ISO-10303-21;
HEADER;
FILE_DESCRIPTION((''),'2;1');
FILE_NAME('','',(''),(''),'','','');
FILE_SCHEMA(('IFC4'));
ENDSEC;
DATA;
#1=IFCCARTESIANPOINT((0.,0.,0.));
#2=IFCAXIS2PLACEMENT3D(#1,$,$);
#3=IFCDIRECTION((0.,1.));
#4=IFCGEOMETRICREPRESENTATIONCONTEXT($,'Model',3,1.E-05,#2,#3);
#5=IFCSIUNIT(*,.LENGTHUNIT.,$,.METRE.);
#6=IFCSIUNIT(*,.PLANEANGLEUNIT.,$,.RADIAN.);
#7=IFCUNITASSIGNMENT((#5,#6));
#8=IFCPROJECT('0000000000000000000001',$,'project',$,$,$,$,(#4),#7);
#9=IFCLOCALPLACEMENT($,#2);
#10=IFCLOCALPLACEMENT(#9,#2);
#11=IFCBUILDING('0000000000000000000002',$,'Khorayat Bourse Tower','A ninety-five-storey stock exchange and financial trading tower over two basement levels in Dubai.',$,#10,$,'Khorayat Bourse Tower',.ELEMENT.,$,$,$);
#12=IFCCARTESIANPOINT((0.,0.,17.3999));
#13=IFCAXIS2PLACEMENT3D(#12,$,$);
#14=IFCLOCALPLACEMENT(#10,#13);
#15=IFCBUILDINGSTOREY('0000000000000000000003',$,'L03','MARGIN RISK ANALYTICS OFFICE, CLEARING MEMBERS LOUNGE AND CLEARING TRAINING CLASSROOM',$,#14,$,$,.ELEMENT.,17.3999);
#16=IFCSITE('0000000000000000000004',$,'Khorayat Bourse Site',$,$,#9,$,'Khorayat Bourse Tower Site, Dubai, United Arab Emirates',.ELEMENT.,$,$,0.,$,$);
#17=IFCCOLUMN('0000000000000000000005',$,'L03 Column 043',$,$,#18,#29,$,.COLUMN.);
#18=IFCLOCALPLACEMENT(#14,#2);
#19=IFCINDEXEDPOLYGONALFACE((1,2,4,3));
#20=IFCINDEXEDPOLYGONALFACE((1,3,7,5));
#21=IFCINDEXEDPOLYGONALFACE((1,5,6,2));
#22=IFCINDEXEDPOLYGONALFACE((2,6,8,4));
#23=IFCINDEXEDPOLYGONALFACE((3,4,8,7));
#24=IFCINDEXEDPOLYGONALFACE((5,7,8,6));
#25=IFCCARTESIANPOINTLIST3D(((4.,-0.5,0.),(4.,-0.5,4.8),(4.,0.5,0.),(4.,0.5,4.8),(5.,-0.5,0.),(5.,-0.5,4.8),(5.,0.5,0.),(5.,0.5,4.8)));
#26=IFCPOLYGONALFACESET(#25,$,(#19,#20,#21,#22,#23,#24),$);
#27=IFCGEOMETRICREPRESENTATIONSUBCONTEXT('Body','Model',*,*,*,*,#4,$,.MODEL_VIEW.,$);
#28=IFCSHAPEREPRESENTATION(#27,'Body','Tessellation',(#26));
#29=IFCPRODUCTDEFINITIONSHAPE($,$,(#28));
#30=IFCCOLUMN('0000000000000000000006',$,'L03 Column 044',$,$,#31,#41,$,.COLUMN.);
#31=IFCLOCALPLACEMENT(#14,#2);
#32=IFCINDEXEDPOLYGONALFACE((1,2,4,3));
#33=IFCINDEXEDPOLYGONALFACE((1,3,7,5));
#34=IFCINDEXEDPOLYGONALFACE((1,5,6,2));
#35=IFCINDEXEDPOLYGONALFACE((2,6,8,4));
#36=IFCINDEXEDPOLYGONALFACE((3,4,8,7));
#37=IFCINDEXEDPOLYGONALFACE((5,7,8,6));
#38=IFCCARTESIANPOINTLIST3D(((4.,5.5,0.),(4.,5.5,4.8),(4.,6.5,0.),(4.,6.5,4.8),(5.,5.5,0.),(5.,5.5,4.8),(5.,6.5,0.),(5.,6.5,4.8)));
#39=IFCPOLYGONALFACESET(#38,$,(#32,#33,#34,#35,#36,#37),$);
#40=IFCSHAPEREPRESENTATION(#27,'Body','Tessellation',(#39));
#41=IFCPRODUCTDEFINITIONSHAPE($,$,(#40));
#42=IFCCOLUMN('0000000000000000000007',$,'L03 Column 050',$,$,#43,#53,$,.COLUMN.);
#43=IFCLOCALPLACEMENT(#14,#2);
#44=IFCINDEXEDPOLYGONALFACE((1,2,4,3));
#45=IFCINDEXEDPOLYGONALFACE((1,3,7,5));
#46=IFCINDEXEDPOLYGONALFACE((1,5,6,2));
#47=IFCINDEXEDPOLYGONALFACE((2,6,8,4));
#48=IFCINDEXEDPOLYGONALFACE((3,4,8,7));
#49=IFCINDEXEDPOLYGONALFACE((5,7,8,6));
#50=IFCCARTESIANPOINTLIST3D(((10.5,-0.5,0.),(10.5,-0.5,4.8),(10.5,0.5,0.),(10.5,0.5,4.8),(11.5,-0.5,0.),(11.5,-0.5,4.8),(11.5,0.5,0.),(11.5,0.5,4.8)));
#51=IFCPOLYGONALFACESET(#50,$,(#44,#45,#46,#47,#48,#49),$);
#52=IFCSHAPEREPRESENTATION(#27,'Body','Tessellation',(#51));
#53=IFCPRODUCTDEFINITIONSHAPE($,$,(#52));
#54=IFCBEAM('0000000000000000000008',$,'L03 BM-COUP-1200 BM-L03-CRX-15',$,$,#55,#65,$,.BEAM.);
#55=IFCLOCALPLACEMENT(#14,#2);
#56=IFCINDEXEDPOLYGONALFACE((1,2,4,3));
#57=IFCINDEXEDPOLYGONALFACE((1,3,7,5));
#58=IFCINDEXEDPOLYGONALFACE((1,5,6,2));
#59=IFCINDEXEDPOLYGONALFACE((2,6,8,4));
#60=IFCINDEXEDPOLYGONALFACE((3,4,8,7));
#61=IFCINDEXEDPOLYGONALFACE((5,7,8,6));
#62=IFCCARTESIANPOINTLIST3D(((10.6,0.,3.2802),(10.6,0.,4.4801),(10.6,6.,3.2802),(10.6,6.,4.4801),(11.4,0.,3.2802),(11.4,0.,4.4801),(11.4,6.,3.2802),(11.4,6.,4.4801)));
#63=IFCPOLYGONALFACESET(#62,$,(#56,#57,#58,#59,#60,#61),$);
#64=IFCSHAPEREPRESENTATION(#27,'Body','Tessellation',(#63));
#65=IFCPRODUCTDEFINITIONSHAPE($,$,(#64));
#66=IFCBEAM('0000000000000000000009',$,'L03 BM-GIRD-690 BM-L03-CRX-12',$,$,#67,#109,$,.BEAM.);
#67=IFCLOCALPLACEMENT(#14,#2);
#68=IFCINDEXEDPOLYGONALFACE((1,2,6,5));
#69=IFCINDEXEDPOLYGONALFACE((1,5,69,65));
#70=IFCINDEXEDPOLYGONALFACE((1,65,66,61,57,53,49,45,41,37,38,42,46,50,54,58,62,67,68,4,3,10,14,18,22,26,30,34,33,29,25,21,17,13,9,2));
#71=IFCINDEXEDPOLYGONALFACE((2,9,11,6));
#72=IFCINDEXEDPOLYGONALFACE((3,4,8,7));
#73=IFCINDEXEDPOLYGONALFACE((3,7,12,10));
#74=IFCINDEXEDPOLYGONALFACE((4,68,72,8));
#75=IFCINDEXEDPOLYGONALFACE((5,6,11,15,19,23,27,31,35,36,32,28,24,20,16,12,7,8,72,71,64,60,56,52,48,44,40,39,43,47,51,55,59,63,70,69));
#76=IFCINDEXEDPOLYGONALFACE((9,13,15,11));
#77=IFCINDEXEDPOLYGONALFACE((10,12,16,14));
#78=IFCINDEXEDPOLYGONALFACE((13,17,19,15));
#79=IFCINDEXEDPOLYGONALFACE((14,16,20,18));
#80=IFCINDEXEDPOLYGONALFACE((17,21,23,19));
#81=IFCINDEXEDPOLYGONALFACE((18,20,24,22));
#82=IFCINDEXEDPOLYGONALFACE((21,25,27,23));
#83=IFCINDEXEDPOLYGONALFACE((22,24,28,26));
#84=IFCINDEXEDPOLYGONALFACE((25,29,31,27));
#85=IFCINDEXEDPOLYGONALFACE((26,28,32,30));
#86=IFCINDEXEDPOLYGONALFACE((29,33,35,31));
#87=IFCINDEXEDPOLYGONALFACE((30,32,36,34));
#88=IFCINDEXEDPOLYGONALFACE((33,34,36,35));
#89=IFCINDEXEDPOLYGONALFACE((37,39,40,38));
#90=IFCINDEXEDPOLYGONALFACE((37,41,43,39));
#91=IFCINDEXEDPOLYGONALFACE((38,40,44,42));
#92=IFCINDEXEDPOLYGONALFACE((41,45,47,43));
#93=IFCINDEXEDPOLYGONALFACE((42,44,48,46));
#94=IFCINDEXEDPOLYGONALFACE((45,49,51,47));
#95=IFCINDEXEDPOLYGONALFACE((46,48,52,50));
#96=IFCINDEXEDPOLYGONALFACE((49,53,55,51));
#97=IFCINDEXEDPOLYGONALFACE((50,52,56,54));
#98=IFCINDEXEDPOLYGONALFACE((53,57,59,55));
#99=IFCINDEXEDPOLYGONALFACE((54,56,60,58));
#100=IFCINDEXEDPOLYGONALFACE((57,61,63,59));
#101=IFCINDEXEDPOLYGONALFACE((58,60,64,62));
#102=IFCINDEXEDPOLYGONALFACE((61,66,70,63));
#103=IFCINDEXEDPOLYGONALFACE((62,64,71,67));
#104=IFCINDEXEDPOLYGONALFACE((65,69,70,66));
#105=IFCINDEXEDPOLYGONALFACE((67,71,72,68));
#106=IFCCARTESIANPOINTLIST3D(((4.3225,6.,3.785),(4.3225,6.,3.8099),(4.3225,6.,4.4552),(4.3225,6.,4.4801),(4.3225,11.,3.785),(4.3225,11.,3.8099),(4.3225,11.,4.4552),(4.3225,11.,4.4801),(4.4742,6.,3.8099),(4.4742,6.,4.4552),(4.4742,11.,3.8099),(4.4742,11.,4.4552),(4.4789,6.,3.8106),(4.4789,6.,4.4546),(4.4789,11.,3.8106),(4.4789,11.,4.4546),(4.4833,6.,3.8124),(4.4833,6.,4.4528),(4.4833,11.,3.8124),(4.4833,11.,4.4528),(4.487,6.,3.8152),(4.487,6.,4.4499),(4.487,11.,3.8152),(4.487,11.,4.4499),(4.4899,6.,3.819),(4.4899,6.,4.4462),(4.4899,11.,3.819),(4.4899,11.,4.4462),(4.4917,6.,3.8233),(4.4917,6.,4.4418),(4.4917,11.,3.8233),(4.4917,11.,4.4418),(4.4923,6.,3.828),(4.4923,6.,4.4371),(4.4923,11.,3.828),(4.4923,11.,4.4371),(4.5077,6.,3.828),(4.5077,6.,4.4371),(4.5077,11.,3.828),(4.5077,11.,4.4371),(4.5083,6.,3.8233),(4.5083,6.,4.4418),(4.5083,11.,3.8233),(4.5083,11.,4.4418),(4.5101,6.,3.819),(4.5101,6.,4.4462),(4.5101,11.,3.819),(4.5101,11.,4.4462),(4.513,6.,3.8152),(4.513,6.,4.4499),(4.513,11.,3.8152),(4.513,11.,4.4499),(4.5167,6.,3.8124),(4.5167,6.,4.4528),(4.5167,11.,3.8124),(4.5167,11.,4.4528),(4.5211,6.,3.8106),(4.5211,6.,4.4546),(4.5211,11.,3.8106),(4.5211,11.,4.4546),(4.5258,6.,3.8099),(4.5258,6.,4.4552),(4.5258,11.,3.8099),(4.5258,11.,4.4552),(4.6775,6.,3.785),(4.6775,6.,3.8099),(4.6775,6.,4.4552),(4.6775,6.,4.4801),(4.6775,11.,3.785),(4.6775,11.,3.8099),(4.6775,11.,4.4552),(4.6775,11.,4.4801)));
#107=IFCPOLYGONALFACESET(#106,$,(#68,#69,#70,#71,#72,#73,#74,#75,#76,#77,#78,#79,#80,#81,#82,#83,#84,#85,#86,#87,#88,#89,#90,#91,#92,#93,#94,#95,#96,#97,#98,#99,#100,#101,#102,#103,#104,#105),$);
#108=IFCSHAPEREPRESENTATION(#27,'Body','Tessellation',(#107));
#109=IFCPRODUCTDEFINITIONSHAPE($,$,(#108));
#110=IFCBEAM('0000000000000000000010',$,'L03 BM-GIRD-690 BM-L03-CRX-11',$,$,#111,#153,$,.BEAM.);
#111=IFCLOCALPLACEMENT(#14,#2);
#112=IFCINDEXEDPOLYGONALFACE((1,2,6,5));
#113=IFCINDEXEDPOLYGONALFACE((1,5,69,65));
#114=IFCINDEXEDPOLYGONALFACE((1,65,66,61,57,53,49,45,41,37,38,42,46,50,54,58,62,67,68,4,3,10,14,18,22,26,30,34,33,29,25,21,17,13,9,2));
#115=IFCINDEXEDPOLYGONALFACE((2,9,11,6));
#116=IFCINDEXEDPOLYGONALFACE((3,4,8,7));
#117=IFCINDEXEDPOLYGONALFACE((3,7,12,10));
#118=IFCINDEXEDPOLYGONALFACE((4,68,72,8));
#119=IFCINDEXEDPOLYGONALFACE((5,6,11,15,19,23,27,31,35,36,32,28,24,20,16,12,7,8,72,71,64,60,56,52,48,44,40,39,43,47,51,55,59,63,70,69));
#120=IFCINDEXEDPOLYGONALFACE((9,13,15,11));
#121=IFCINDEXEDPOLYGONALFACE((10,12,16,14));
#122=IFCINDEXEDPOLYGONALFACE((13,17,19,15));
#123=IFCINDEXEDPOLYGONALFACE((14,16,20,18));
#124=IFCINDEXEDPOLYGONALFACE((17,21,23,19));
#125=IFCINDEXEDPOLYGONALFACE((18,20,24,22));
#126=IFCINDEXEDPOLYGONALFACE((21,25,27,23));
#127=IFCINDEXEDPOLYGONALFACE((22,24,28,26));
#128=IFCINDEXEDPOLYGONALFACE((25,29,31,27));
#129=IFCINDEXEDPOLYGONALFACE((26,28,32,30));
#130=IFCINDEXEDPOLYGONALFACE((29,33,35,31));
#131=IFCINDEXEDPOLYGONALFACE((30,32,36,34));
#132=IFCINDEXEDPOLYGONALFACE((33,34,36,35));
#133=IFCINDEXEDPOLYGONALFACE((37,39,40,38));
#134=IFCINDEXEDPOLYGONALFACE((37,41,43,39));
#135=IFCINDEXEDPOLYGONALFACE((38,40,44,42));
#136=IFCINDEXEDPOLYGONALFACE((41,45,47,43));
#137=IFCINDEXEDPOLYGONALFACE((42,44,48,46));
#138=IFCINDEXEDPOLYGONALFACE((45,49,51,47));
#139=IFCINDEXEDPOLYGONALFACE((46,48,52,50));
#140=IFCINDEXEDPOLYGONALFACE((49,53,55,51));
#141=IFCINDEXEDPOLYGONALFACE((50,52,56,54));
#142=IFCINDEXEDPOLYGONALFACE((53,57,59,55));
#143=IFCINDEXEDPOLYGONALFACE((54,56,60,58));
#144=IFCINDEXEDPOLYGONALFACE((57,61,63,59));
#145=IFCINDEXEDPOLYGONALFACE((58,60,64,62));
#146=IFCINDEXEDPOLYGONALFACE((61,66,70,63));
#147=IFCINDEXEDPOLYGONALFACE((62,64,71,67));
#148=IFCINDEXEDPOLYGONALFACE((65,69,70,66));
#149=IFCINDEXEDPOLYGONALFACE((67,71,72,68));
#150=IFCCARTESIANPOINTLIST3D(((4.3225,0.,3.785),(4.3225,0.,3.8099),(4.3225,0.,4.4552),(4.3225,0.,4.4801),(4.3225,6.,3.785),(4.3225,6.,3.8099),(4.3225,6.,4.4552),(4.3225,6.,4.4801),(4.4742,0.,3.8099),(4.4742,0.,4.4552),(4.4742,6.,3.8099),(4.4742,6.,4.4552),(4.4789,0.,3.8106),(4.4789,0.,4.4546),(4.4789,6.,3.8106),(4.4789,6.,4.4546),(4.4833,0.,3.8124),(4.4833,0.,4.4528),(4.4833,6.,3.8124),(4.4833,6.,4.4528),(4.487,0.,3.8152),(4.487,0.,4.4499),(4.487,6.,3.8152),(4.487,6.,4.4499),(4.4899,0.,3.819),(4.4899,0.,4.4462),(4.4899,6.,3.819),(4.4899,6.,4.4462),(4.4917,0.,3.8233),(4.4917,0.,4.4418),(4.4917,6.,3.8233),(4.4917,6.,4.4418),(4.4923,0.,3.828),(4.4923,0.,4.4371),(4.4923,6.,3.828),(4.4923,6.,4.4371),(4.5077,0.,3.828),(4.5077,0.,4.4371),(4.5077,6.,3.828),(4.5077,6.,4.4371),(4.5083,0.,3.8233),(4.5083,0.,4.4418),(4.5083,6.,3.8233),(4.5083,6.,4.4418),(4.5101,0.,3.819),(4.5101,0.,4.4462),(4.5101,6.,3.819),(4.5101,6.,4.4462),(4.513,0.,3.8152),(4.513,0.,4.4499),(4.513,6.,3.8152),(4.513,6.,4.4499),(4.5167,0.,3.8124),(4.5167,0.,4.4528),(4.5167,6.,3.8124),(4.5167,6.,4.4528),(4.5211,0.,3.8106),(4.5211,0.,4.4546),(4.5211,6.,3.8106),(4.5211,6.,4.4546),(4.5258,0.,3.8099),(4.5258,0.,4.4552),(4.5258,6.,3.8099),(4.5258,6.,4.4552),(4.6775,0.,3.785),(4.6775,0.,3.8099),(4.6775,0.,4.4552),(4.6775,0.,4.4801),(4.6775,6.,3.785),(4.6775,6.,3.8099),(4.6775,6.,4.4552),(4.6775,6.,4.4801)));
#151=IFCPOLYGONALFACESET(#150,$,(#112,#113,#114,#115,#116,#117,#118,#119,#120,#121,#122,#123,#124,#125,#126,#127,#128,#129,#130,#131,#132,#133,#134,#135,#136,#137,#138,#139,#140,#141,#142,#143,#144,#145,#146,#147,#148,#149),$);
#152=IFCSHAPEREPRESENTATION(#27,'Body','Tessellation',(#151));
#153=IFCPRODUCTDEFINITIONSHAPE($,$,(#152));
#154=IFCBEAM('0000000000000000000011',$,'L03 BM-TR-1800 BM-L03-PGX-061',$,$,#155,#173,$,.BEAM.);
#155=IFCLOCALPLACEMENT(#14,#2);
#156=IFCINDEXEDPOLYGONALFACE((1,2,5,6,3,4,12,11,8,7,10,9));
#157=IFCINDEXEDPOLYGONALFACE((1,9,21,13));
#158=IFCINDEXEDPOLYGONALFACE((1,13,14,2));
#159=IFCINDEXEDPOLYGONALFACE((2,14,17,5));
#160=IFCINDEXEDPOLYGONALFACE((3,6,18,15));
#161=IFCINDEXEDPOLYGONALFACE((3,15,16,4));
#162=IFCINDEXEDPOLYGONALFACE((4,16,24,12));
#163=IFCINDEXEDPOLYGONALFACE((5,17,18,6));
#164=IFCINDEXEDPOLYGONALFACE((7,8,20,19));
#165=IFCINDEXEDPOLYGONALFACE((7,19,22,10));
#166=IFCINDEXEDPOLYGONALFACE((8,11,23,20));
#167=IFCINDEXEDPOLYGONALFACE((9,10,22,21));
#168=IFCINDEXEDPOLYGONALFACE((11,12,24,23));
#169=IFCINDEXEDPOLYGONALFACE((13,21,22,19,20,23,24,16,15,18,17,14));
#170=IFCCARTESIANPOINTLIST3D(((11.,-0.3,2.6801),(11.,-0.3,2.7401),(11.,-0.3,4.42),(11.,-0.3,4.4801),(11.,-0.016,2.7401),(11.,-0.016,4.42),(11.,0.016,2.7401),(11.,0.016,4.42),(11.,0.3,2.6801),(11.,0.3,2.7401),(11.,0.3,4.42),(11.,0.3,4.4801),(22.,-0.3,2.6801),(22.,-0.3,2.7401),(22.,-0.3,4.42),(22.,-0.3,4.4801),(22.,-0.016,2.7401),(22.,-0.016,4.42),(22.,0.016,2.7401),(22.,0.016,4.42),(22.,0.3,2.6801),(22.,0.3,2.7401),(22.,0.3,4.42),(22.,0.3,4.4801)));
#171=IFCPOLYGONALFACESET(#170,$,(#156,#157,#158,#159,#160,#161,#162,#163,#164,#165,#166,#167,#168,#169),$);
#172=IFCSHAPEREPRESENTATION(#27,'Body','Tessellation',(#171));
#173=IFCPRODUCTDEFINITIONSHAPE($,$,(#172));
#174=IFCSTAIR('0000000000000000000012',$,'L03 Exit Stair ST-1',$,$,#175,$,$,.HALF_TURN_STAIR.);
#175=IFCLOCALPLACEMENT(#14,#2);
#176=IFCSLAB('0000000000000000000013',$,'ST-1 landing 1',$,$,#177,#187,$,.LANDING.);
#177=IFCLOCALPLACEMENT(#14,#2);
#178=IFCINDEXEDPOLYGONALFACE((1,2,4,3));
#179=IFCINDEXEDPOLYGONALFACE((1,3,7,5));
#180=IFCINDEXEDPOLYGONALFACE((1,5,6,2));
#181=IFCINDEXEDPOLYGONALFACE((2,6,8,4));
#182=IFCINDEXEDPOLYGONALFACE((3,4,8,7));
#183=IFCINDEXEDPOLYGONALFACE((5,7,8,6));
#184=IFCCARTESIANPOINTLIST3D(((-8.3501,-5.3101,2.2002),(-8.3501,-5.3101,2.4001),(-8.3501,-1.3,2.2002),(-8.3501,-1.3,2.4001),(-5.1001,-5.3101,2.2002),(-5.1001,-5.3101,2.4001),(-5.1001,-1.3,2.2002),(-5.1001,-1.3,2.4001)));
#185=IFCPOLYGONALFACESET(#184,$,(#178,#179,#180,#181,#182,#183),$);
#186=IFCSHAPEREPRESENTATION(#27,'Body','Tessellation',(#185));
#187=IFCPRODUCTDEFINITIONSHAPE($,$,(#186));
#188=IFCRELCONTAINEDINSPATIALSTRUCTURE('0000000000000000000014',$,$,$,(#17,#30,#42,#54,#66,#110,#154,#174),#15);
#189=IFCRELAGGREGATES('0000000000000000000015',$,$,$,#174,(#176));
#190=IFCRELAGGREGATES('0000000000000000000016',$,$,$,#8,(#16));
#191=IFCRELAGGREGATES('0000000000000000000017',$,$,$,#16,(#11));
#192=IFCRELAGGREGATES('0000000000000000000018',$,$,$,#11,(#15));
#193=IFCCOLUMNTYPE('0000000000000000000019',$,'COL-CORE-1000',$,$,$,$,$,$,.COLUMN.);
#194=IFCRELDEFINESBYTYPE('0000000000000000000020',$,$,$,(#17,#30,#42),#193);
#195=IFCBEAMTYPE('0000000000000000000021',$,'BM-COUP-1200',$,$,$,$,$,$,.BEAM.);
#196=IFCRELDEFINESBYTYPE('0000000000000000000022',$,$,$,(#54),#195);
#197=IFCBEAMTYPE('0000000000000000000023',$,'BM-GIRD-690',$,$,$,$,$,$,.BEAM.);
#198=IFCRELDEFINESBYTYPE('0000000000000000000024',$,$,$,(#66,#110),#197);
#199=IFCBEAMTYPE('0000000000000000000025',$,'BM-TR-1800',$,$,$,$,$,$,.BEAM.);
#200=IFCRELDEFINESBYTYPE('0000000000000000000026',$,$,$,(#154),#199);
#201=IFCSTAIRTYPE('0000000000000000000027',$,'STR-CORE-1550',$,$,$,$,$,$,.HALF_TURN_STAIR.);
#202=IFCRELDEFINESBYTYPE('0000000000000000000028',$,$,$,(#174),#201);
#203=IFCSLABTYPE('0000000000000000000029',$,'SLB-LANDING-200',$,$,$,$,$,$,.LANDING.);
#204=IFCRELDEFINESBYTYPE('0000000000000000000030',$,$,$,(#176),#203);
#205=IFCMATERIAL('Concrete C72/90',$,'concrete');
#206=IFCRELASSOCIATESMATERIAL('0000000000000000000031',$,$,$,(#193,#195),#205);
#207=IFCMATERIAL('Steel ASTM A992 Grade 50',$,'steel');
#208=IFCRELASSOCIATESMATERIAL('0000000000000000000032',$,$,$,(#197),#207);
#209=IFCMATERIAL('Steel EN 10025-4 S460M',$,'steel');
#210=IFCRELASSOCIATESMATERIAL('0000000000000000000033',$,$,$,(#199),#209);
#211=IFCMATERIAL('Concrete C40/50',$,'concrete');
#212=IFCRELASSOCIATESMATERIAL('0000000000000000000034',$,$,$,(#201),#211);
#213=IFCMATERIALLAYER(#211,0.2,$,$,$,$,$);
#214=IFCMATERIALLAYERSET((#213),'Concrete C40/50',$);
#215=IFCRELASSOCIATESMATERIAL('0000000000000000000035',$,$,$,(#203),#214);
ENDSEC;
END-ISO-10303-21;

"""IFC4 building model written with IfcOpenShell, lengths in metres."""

from ifc_helpers import new_model, si_unit, direction, frame, origin, origin_2d, place, context, subcontext, project, spatial, polyline, rectangle, i_section, outline, extrude, source, transform, mapped, material, layer, layer_set, material_profile, profile_set, type_object, element, aggregate, save


model = new_model("IFC4")

# Units and contexts
model_context = context("Model", 3, precision=1e-05, world=origin(), true_north=direction((0.0, 1.0)))
body_context = subcontext(model_context, "Body", "Model", "MODEL_VIEW")
ifc_project = project(units=[si_unit("LENGTHUNIT", "METRE"), si_unit("PLANEANGLEUNIT", "RADIAN")], contexts=[model_context])

# Site, building, storey
site_placement = place(None, origin())
site = spatial("IfcSite", under=ifc_project, at=site_placement, Name="Khorayat Bourse Site", LongName="Khorayat Bourse Tower Site, Dubai, United Arab Emirates", CompositionType="ELEMENT", RefElevation=0.0)
building_placement = place(site_placement, origin())
building = spatial("IfcBuilding", under=site, at=building_placement, Name="Khorayat Bourse Tower", Description="A ninety-five-storey stock exchange and financial trading tower over two basement levels in Dubai.", LongName="Khorayat Bourse Tower", CompositionType="ELEMENT")
storey_placement = place(building_placement, frame((0.0, 0.0, 17.3999)))
storey = spatial("IfcBuildingStorey", under=building, at=storey_placement, Name="L03", Description="MARGIN RISK ANALYTICS OFFICE, CLEARING MEMBERS LOUNGE AND CLEARING TRAINING CLASSROOM", CompositionType="ELEMENT", Elevation=17.3999)

# Columns
ifc_material_1 = material(Name="Concrete C72/90", Category="concrete")
ifc_material_profile_1 = material_profile(ifc_material_1, rectangle(XDim=1.0, YDim=1.0, at=origin_2d()), Name="RC 1000x1000")
ifc_profile_set_1 = profile_set([ifc_material_profile_1], Name="Concrete C72/90")
column_type = type_object("IfcColumnType", Name="COL-CORE-1000", PredefinedType="COLUMN", material=ifc_profile_set_1)
shared_shape_1 = source(origin(), body_context, "Body", "SweptSolid", [
    extrude(rectangle(XDim=1.0, YDim=1.0, at=origin_2d()), origin(), (0.0, 0.0, 1.0), 4.8),
])
for number, where, z_axis, x_axis, name in (
    (1, (4.5, 0.0, 0.0), (0.0, 0.0, 1.0), (1.0, 0.0, 0.0), "L03 Column 043"),
    (2, (4.5, 6.0, 0.0), (0.0, 0.0, 1.0), (1.0, 0.0, 0.0), "L03 Column 044"),
    (3, (11.0, 0.0, 0.0), (0.0, 0.0, 1.0), (1.0, 0.0, 0.0), "L03 Column 050"),
):
    element("IfcColumn", number, at=place(storey_placement, frame(where, z_axis=z_axis, x_axis=x_axis)), inside=storey, type_object=column_type, Name=name, PredefinedType="COLUMN", context=body_context, shape_type="MappedRepresentation", body=[
        mapped(shared_shape_1, transform((0.0, 0.0, 0.0), scale=1.0)),
    ])

# Beams
ifc_material_profile_2 = material_profile(ifc_material_1, rectangle(XDim=0.8, YDim=1.2, at=origin_2d()), Name="RC 800x1200")
ifc_profile_set_2 = profile_set([ifc_material_profile_2], Name="Concrete C72/90")
beam_type_1 = type_object("IfcBeamType", Name="BM-COUP-1200", PredefinedType="BEAM", material=ifc_profile_set_2)
shared_shape_2 = source(origin(), body_context, "Body", "SweptSolid", [
    extrude(rectangle(XDim=0.8, YDim=1.2, at=origin_2d()), origin(), (0.0, 0.0, 1.0), 6.0),
])
beam_1_placement = place(storey_placement, frame((11.0, 0.0, 3.8801), z_axis=(0.0, 1.0, 0.0), x_axis=(-1.0, 0.0, 0.0)))
element("IfcBeam", 4, at=beam_1_placement, inside=storey, type_object=beam_type_1, Name="L03 BM-COUP-1200 BM-L03-CRX-15", PredefinedType="BEAM", context=body_context, shape_type="MappedRepresentation", body=[
    mapped(shared_shape_2, transform((0.0, 0.0, 0.0), scale=1.0)),
])
ifc_material_2 = material(Name="Steel ASTM A992 Grade 50", Category="steel")
ifc_material_profile_3 = material_profile(ifc_material_2, i_section(OverallWidth=0.355, OverallDepth=0.6951, WebThickness=0.0154, FlangeThickness=0.0249, FilletRadius=0.0181, at=origin_2d()), Name="W690X217")
ifc_profile_set_3 = profile_set([ifc_material_profile_3], Name="Steel ASTM A992 Grade 50")
beam_type_2 = type_object("IfcBeamType", Name="BM-GIRD-690", PredefinedType="BEAM", material=ifc_profile_set_3)
shared_shape_3 = source(origin(), body_context, "Body", "SweptSolid", [
    extrude(i_section(OverallWidth=0.355, OverallDepth=0.6951, WebThickness=0.0154, FlangeThickness=0.0249, FilletRadius=0.0181, at=origin_2d()), origin(), (0.0, 0.0, 1.0), 5.0),
])
beam_2_placement = place(storey_placement, frame((4.5, 6.0, 4.1326), z_axis=(0.0, 1.0, 0.0), x_axis=(-1.0, 0.0, 0.0)))
element("IfcBeam", 5, at=beam_2_placement, inside=storey, type_object=beam_type_2, Name="L03 BM-GIRD-690 BM-L03-CRX-12", PredefinedType="BEAM", context=body_context, shape_type="MappedRepresentation", body=[
    mapped(shared_shape_3, transform((0.0, 0.0, 0.0), scale=1.0)),
])
shared_shape_4 = source(origin(), body_context, "Body", "SweptSolid", [
    extrude(i_section(OverallWidth=0.355, OverallDepth=0.6951, WebThickness=0.0154, FlangeThickness=0.0249, FilletRadius=0.0181, at=origin_2d()), origin(), (0.0, 0.0, 1.0), 6.0),
])
beam_3_placement = place(storey_placement, frame((4.5, 0.0, 4.1326), z_axis=(0.0, 1.0, 0.0), x_axis=(-1.0, 0.0, 0.0)))
element("IfcBeam", 6, at=beam_3_placement, inside=storey, type_object=beam_type_2, Name="L03 BM-GIRD-690 BM-L03-CRX-11", PredefinedType="BEAM", context=body_context, shape_type="MappedRepresentation", body=[
    mapped(shared_shape_4, transform((0.0, 0.0, 0.0), scale=1.0)),
])
ifc_material_3 = material(Name="Steel EN 10025-4 S460M", Category="steel")
ifc_material_profile_4 = material_profile(ifc_material_3, i_section(OverallWidth=0.6001, OverallDepth=1.8, WebThickness=0.032, FlangeThickness=0.0601, at=origin_2d()), Name="PG 1800x600x32x60")
ifc_profile_set_4 = profile_set([ifc_material_profile_4], Name="Steel EN 10025-4 S460M")
beam_type_3 = type_object("IfcBeamType", Name="BM-TR-1800", PredefinedType="BEAM", material=ifc_profile_set_4)
shared_shape_5 = source(origin(), body_context, "Body", "SweptSolid", [
    extrude(i_section(OverallWidth=0.6001, OverallDepth=1.8, WebThickness=0.032, FlangeThickness=0.0601, at=origin_2d()), origin(), (0.0, 0.0, 1.0), 11.0),
])
beam_4_placement = place(storey_placement, frame((11.0, 0.0, 3.5801), z_axis=(1.0, 0.0, 0.0), x_axis=(0.0, 1.0, 0.0)))
element("IfcBeam", 7, at=beam_4_placement, inside=storey, type_object=beam_type_3, Name="L03 BM-TR-1800 BM-L03-PGX-061", PredefinedType="BEAM", context=body_context, shape_type="MappedRepresentation", body=[
    mapped(shared_shape_5, transform((0.0, 0.0, 0.0), scale=1.0)),
])

# Stair, slab
ifc_material_4 = material(Name="Concrete C40/50", Category="concrete")
stair_type_1 = type_object("IfcStairType", Name="STR-CORE-1550", PredefinedType="HALF_TURN_STAIR", material=ifc_material_4)
stair_1_placement = place(storey_placement, origin())
stair_1 = element("IfcStair", 8, at=stair_1_placement, inside=storey, type_object=stair_type_1, Name="L03 Exit Stair ST-1", PredefinedType="HALF_TURN_STAIR")
ifc_layer_1 = layer(ifc_material_4, 0.2)
ifc_layer_set_1 = layer_set([ifc_layer_1], Name="Concrete C40/50")
slab_type_1 = type_object("IfcSlabType", Name="SLB-LANDING-200", PredefinedType="LANDING", material=ifc_layer_set_1)
slab_1_placement = place(storey_placement, frame((0.0, 0.0, 2.2002)))
slab_1 = element("IfcSlab", 9, at=slab_1_placement, type_object=slab_type_1, Name="ST-1 landing 1", PredefinedType="LANDING", context=body_context, shape_type="SweptSolid", body=[
    extrude(outline(polyline([(-5.1001, -5.3101), (-5.1001, -1.3), (-8.3501, -1.3), (-8.3501, -5.3101), (-5.1001, -5.3101)])), origin(), (0.0, 0.0, 1.0), 0.2),
])
aggregate(stair_1, [slab_1])

save(model, "model.ifc")
